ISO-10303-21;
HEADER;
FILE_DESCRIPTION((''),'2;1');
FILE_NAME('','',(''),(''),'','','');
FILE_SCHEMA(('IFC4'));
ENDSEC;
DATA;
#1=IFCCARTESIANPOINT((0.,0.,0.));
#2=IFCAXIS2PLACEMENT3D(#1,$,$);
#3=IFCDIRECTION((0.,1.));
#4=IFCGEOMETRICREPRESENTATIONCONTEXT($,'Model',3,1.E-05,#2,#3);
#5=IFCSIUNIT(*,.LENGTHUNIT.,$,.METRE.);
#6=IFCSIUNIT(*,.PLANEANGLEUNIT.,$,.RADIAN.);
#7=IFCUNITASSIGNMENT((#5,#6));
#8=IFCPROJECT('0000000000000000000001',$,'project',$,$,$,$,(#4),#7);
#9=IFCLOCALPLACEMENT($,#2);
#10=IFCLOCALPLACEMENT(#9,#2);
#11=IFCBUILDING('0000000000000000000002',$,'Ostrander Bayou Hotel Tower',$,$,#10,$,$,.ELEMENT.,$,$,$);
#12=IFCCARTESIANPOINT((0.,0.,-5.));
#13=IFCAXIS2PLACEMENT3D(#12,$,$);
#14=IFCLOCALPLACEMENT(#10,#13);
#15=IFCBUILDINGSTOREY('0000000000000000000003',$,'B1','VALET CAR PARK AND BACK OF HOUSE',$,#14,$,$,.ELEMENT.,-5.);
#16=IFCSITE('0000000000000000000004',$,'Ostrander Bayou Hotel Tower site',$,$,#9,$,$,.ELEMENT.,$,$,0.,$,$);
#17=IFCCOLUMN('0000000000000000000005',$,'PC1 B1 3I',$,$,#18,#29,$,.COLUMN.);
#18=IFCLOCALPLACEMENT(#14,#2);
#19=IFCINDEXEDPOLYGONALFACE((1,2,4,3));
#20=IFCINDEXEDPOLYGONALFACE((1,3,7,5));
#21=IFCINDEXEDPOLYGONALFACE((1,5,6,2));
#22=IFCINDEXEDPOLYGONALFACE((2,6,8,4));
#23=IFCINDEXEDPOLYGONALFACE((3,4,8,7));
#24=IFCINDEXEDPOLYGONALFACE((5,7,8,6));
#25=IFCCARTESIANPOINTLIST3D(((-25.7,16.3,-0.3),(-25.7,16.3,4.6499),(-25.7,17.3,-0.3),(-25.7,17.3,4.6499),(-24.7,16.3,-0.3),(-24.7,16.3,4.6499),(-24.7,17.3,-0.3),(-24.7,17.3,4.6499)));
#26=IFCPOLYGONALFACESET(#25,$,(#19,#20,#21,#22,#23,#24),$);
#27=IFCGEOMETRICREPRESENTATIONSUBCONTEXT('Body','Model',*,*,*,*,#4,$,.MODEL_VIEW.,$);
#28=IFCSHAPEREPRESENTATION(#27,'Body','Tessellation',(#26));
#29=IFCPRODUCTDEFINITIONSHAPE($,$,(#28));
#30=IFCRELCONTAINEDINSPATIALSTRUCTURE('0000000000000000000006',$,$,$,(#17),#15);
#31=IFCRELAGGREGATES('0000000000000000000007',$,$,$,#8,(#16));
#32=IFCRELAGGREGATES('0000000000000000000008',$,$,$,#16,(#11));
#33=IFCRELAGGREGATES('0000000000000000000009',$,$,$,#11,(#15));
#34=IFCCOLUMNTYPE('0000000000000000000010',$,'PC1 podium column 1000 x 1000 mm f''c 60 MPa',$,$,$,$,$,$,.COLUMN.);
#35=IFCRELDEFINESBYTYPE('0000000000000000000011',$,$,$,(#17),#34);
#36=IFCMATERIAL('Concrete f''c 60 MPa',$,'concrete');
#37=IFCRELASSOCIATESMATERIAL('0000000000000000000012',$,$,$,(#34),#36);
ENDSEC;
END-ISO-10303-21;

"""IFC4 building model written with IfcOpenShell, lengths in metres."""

from ifc_helpers import new_model, si_unit, direction, frame, origin, origin_2d, place, context, subcontext, project, spatial, rectangle, extrude, material, material_profile, profile_set, type_object, element, save


model = new_model("IFC4")

# Units and contexts
model_context = context("Model", 3, precision=1e-05, world=origin(), true_north=direction((0.0, 1.0)))
body_context = subcontext(model_context, "Body", "Model", "MODEL_VIEW")
ifc_project = project(units=[si_unit("LENGTHUNIT", "METRE"), si_unit("PLANEANGLEUNIT", "RADIAN")], contexts=[model_context])

# Site, building, storey
site_placement = place(None, origin())
site = spatial("IfcSite", under=ifc_project, at=site_placement, Name="Ostrander Bayou Hotel Tower site", CompositionType="ELEMENT", RefElevation=0.0)
building_placement = place(site_placement, origin())
building = spatial("IfcBuilding", under=site, at=building_placement, Name="Ostrander Bayou Hotel Tower", CompositionType="ELEMENT")
storey_placement = place(building_placement, frame((0.0, 0.0, -5.0)))
storey = spatial("IfcBuildingStorey", under=building, at=storey_placement, Name="B1", Description="VALET CAR PARK AND BACK OF HOUSE", CompositionType="ELEMENT", Elevation=-5.0)

# Column
ifc_material_1 = material(Name="Concrete f'c 60 MPa", Category="concrete")
ifc_material_profile_1 = material_profile(ifc_material_1, rectangle(XDim=1.0, YDim=1.0, at=origin_2d()))
ifc_profile_set_1 = profile_set([ifc_material_profile_1], Name="Concrete f'c 60 MPa")
column_type_1 = type_object("IfcColumnType", Name="PC1 podium column 1000 x 1000 mm f'c 60 MPa", PredefinedType="COLUMN", material=ifc_profile_set_1)
for number, where, z_axis, x_axis, name in (
    (1, (-25.2, 16.8, -0.3), (0.0, 0.0, 1.0), (1.0, 0.0, 0.0), "PC1 B1 3I"),
):
    element("IfcColumn", number, at=place(storey_placement, frame(where, z_axis=z_axis, x_axis=x_axis)), inside=storey, type_object=column_type_1, Name=name, PredefinedType="COLUMN", context=body_context, shape_type="SweptSolid", body=[
        extrude(rectangle(XDim=1.0, YDim=1.0, at=origin_2d()), origin(), (0.0, 0.0, 1.0), 4.95),
    ])

save(model, "model.ifc")
